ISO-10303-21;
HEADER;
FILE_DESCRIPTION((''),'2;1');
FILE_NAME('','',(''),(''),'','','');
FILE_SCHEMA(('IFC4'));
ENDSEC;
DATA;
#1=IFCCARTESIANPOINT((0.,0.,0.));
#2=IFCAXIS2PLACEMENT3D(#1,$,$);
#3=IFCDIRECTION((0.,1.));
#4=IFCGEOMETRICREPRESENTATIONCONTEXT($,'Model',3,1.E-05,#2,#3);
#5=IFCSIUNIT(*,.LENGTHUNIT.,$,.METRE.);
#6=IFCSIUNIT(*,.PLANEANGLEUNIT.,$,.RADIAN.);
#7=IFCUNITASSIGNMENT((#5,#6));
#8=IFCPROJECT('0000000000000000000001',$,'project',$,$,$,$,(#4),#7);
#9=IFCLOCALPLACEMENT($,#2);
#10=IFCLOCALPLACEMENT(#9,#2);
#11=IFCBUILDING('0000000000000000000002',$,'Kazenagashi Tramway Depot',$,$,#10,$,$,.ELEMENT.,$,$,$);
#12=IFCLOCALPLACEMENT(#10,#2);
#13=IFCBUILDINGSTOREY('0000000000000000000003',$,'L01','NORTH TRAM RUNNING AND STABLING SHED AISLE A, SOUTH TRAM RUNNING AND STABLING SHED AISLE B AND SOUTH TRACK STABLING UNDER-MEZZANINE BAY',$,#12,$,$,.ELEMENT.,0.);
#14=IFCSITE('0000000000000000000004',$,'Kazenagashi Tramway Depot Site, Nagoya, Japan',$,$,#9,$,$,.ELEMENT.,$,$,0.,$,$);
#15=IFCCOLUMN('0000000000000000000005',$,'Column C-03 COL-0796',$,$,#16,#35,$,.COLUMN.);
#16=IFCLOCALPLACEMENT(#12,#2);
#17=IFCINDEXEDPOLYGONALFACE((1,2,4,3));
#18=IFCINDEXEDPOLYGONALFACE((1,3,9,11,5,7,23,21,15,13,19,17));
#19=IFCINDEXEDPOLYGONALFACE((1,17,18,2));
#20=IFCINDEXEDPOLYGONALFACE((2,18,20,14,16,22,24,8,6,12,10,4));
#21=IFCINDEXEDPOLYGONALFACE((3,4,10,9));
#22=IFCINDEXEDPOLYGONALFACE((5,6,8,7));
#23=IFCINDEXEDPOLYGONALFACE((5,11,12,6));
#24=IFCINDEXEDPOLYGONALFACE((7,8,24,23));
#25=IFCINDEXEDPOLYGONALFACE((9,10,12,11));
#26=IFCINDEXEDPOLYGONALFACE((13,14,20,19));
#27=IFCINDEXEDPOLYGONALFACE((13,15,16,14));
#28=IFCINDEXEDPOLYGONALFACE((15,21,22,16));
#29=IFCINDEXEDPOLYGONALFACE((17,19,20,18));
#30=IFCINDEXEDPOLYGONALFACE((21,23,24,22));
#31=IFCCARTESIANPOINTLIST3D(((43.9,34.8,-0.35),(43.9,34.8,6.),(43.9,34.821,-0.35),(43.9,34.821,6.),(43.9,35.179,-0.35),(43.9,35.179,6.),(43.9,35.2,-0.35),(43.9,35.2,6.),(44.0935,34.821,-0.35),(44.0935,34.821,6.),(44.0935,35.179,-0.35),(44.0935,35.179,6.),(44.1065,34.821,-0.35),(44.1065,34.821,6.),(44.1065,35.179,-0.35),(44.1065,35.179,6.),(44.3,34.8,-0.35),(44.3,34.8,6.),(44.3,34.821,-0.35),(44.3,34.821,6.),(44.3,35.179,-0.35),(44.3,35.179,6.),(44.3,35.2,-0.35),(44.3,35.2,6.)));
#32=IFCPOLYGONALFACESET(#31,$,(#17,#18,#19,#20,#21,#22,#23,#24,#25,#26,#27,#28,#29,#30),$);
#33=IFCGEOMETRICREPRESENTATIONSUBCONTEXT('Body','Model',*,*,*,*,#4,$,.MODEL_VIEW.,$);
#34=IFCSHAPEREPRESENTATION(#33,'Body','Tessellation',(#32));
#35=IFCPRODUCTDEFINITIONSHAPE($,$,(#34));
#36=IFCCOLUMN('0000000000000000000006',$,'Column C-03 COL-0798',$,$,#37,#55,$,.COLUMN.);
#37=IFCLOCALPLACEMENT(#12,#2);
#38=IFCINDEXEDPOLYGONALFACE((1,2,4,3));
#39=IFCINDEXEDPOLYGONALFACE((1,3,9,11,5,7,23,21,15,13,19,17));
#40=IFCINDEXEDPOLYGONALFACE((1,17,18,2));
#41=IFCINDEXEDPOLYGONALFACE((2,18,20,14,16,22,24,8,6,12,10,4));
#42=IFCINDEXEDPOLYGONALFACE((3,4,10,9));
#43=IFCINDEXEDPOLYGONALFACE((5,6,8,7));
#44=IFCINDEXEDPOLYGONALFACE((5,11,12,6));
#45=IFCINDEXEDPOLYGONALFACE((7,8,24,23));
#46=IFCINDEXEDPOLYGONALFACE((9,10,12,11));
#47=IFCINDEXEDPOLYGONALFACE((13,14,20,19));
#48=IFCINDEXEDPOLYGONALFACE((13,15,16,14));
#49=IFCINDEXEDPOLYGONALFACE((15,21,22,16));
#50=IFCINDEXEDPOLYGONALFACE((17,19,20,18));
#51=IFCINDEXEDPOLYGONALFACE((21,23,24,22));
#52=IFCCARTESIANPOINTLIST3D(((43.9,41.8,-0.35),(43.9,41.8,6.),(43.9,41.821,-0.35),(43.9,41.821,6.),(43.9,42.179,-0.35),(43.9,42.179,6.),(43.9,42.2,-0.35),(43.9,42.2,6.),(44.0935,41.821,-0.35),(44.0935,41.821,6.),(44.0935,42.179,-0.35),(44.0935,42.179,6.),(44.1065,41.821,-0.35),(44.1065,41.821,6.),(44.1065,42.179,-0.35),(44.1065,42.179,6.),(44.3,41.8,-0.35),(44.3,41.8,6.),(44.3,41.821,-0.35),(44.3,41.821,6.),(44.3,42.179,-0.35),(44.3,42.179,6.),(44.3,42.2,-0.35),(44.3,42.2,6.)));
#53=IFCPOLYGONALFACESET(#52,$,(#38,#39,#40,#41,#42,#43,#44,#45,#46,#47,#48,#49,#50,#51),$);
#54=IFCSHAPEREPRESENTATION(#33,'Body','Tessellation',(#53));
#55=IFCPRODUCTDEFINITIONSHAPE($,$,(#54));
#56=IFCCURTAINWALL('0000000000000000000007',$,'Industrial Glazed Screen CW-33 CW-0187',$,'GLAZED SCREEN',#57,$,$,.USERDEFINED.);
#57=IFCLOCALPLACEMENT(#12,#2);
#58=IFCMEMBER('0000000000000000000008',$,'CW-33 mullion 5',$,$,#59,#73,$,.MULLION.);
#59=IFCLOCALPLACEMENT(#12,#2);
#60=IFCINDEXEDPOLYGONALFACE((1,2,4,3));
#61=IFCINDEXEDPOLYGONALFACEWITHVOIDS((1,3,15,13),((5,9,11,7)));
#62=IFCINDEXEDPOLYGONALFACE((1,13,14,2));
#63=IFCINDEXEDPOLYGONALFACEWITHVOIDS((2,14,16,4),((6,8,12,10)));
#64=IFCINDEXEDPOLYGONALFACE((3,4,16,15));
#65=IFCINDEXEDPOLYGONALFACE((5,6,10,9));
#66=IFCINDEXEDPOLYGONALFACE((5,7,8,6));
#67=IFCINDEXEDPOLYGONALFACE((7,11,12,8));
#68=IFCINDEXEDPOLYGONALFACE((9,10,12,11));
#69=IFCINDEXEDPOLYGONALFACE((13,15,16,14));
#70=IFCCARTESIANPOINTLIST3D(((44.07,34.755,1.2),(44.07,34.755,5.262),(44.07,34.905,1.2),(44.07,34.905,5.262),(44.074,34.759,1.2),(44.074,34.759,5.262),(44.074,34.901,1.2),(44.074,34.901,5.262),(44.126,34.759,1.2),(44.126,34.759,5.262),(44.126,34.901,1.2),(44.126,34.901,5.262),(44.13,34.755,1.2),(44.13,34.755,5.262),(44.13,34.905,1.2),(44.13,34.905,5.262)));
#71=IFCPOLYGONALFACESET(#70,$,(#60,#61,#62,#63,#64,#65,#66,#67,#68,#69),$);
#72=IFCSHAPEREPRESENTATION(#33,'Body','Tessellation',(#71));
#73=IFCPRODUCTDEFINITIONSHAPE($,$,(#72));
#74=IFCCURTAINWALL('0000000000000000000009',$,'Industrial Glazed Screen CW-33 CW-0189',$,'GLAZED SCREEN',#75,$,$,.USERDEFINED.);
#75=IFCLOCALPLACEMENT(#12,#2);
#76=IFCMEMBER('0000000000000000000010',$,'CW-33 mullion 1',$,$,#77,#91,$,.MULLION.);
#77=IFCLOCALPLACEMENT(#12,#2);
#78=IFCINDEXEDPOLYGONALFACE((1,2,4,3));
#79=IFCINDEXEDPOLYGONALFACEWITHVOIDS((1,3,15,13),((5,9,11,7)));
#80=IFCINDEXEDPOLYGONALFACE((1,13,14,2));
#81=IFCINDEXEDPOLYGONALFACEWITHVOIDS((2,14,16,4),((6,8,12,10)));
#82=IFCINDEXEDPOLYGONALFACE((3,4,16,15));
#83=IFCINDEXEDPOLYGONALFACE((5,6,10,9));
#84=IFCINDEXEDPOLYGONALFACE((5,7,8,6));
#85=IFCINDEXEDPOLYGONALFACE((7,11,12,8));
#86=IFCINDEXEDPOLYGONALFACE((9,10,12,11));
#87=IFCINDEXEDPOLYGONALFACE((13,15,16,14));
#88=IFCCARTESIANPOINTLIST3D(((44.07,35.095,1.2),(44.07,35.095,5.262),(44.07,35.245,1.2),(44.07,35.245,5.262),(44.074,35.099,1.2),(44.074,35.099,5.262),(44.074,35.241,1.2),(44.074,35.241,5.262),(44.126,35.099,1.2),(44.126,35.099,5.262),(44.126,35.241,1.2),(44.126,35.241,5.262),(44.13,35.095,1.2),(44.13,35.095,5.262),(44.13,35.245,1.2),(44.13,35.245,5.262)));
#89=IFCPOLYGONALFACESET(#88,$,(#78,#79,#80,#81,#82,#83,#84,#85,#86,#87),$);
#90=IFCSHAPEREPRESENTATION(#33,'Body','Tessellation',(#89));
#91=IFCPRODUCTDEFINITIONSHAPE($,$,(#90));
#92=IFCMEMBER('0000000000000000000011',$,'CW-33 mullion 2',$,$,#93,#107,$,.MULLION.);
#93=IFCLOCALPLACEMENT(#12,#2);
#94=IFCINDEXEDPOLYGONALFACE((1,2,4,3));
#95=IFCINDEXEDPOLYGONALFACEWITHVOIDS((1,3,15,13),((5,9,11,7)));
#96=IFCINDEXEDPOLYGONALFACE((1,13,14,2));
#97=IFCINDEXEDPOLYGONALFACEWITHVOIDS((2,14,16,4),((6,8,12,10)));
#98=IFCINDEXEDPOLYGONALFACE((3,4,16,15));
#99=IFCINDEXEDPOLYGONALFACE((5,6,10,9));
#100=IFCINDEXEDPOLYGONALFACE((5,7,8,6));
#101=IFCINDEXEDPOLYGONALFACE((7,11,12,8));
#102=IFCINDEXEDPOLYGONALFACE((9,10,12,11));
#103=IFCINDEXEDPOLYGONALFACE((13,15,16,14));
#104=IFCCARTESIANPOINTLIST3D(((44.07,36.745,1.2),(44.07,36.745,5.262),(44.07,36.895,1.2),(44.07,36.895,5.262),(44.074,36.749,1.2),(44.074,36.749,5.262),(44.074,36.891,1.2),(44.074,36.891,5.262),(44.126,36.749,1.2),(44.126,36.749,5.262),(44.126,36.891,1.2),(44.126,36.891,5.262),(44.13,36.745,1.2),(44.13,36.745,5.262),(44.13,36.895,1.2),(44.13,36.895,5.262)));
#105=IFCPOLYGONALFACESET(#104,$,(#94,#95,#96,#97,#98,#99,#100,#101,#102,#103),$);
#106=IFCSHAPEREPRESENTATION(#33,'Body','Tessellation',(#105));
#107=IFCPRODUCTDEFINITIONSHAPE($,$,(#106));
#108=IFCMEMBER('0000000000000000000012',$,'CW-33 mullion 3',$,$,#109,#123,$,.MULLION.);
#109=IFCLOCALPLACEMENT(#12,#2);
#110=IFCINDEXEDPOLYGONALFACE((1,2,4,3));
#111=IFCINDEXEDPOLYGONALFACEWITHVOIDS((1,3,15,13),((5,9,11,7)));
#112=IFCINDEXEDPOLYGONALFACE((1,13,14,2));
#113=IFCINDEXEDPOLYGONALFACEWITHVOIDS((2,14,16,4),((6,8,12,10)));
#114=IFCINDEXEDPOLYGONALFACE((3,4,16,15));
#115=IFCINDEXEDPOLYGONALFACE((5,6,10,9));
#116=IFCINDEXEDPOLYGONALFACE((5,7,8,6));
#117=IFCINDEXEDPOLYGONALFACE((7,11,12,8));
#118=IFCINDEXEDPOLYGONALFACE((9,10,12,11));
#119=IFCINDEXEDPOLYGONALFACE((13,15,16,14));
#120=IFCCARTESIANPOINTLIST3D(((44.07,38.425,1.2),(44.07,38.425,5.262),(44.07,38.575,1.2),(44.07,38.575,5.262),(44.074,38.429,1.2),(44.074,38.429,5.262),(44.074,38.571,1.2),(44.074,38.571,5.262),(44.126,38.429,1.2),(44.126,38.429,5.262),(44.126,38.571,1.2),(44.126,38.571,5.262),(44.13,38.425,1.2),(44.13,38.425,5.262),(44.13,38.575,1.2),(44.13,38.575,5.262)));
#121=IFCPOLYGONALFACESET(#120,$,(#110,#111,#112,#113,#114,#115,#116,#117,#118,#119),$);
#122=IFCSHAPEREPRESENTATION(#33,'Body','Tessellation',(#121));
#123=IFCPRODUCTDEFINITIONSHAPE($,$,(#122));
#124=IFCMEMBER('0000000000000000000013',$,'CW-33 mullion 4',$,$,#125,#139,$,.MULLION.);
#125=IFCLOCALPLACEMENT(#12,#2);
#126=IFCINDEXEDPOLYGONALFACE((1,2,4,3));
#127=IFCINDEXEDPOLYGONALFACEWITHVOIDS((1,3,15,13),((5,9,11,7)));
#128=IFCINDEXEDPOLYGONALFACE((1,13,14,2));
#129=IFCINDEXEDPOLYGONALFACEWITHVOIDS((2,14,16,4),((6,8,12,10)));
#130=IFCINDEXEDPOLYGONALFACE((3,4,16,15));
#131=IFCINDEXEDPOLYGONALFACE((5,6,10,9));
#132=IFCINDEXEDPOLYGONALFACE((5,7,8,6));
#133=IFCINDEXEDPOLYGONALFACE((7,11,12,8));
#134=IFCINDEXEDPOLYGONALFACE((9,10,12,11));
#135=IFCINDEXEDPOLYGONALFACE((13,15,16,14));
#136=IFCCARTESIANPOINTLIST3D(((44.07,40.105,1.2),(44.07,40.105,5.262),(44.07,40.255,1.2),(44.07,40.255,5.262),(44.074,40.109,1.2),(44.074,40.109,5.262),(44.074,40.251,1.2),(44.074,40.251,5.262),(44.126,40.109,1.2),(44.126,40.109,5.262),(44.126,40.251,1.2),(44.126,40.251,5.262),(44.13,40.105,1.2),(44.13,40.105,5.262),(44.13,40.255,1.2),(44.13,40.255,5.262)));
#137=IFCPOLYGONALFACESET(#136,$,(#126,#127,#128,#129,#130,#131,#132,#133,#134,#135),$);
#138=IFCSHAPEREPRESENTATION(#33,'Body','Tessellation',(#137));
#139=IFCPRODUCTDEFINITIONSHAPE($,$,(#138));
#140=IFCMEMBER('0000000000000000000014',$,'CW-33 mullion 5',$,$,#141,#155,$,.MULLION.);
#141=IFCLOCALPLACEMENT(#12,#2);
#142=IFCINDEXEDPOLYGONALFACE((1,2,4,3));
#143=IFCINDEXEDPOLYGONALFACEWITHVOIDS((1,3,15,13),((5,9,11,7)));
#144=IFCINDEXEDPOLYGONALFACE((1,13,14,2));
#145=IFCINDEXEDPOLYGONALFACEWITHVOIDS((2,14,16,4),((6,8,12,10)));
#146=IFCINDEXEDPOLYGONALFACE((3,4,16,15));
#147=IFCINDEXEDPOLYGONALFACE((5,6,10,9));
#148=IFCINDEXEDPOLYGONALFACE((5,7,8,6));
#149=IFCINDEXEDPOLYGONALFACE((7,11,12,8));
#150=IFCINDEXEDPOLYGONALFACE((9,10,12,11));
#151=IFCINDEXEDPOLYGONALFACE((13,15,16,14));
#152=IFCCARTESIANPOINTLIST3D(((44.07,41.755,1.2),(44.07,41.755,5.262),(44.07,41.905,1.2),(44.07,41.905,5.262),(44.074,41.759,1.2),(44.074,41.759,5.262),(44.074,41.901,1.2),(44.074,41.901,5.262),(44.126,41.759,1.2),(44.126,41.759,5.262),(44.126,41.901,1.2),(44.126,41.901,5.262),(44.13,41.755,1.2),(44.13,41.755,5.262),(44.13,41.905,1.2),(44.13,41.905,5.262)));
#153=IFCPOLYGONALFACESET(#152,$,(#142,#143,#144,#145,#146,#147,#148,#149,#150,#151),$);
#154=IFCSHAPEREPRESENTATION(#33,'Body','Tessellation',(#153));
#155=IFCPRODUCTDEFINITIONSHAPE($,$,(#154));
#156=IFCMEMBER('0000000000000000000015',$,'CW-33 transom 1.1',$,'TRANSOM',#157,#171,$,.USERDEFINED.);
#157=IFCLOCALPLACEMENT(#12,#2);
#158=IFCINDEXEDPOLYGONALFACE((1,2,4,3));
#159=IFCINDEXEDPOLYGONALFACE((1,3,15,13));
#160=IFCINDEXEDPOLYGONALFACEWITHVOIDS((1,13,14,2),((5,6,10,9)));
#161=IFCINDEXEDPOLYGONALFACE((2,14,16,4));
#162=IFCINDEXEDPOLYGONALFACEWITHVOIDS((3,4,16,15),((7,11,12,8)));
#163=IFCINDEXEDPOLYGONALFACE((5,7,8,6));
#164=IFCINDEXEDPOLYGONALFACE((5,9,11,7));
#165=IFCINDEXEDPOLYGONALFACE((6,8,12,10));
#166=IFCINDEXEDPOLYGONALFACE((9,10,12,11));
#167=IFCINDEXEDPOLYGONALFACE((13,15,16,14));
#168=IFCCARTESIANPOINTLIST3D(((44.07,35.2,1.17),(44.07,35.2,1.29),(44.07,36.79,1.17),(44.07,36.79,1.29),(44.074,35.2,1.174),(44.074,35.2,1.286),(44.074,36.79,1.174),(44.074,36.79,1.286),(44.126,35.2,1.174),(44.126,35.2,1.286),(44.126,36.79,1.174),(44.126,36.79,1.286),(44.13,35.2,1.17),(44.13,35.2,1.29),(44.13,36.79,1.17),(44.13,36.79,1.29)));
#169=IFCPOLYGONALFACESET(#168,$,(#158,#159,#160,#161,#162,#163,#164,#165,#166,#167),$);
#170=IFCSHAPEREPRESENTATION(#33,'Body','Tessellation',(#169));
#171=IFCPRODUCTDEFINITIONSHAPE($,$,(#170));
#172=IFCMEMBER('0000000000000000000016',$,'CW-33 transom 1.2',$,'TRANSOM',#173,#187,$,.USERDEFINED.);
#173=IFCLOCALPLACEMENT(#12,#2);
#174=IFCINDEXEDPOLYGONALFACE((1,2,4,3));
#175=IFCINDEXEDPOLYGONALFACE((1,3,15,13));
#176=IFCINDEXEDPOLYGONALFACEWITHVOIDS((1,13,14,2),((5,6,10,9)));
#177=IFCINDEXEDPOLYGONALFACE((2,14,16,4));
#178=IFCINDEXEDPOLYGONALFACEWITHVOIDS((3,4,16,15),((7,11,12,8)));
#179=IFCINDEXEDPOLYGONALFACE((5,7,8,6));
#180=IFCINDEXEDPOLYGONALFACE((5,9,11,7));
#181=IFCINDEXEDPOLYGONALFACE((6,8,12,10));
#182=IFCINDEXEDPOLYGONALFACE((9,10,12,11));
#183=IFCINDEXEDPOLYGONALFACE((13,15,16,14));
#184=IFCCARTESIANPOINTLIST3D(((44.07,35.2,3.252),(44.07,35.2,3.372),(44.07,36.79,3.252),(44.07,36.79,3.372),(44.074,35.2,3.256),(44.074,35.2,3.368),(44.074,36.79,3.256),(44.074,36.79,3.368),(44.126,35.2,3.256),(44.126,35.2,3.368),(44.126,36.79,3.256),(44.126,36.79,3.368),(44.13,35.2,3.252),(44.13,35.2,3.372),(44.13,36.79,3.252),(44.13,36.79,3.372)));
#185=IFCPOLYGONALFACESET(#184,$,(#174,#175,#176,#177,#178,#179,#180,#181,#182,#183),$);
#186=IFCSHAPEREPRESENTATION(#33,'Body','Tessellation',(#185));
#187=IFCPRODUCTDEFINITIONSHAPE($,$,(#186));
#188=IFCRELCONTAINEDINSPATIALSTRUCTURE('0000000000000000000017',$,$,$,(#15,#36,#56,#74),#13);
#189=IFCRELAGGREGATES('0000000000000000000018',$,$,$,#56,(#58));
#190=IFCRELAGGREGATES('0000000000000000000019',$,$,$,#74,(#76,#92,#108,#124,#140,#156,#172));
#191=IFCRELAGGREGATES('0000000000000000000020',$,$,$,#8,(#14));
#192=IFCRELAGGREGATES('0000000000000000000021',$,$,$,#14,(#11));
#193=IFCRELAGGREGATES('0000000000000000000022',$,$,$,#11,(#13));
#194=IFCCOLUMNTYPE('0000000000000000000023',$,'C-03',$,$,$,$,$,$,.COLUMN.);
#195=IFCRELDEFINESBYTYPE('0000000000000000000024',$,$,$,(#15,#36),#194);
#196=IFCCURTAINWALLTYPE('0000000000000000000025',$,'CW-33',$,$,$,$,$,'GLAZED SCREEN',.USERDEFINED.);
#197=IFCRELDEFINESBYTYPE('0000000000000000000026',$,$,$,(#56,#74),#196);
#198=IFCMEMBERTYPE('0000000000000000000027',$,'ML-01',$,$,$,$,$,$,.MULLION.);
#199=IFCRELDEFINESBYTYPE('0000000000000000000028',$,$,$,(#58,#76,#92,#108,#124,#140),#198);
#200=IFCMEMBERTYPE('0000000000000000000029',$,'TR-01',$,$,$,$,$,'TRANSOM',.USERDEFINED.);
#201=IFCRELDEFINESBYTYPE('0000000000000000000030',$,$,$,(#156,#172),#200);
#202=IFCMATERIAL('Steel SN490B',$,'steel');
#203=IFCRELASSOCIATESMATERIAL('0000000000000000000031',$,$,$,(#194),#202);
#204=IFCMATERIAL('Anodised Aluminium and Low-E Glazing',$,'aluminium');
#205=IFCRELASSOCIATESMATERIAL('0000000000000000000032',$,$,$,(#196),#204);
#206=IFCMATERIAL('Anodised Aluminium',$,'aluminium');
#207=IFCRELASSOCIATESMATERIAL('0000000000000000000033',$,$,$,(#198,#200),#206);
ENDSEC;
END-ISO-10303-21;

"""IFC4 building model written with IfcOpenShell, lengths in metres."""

from ifc_helpers import new_model, si_unit, direction, frame, origin, origin_2d, place, context, subcontext, project, spatial, hollow_rectangle, i_section, extrude, material, material_profile, profile_set, type_object, element, aggregate, save


model = new_model("IFC4")

# Units and contexts
model_context = context("Model", 3, precision=1e-05, world=origin(), true_north=direction((0.0, 1.0)))
body_context = subcontext(model_context, "Body", "Model", "MODEL_VIEW")
ifc_project = project(units=[si_unit("LENGTHUNIT", "METRE"), si_unit("PLANEANGLEUNIT", "RADIAN")], contexts=[model_context])

# Site, building, storey
site_placement = place(None, origin())
site = spatial("IfcSite", under=ifc_project, at=site_placement, Name="Kazenagashi Tramway Depot Site, Nagoya, Japan", CompositionType="ELEMENT", RefElevation=0.0)
building_placement = place(site_placement, origin())
building = spatial("IfcBuilding", under=site, at=building_placement, Name="Kazenagashi Tramway Depot", CompositionType="ELEMENT")
storey_placement = place(building_placement, origin())
storey = spatial("IfcBuildingStorey", under=building, at=storey_placement, Name="L01", Description="NORTH TRAM RUNNING AND STABLING SHED AISLE A, SOUTH TRAM RUNNING AND STABLING SHED AISLE B AND SOUTH TRACK STABLING UNDER-MEZZANINE BAY", CompositionType="ELEMENT", Elevation=0.0)

# Columns
ifc_material_1 = material(Name="Steel SN490B", Category="steel")
ifc_material_profile_1 = material_profile(ifc_material_1, i_section(OverallWidth=0.4, OverallDepth=0.4, WebThickness=0.013, FlangeThickness=0.021, at=origin_2d()), Name="H-400x400x13x21")
ifc_profile_set_1 = profile_set([ifc_material_profile_1], Name="Steel SN490B")
column_type = type_object("IfcColumnType", Name="C-03", PredefinedType="COLUMN", material=ifc_profile_set_1)
for number, where, z_axis, x_axis, name in (
    (1, (44.1, 35.0, -0.35), (0.0, 0.0, 1.0), (1.0, 0.0, 0.0), "Column C-03 COL-0796"),
    (2, (44.1, 42.0, -0.35), (0.0, 0.0, 1.0), (1.0, 0.0, 0.0), "Column C-03 COL-0798"),
):
    element("IfcColumn", number, at=place(storey_placement, frame(where, z_axis=z_axis, x_axis=x_axis)), inside=storey, type_object=column_type, Name=name, PredefinedType="COLUMN", context=body_context, shape_type="SweptSolid", body=[
        extrude(i_section(OverallWidth=0.4, OverallDepth=0.4, WebThickness=0.013, FlangeThickness=0.021, at=origin_2d()), origin(), (0.0, 0.0, 1.0), 6.35),
    ])

# Curtain wall, member
ifc_material_2 = material(Name="Anodised Aluminium and Low-E Glazing", Category="aluminium")
curtain_wall_type = type_object("IfcCurtainWallType", Name="CW-33", ElementType="GLAZED SCREEN", PredefinedType="USERDEFINED", material=ifc_material_2)
curtain_wall_1_placement = place(storey_placement, origin())
curtain_wall_1 = element("IfcCurtainWall", 3, at=curtain_wall_1_placement, inside=storey, type_object=curtain_wall_type, Name="Industrial Glazed Screen CW-33 CW-0187", ObjectType="GLAZED SCREEN", PredefinedType="USERDEFINED")
ifc_material_3 = material(Name="Anodised Aluminium", Category="aluminium")
ifc_material_profile_2 = material_profile(ifc_material_3, hollow_rectangle(XDim=0.06, YDim=0.15, WallThickness=0.004, at=origin_2d()), Name="RHS-150x60x4")
ifc_profile_set_2 = profile_set([ifc_material_profile_2], Name="Anodised Aluminium")
member_type_1 = type_object("IfcMemberType", Name="ML-01", PredefinedType="MULLION", material=ifc_profile_set_2)
member_1_placement = place(storey_placement, frame((44.1, 34.83, 1.2), z_axis=(0.0, 0.0, 1.0), x_axis=(-1.0, 0.0, 0.0)))
member_1 = element("IfcMember", 4, at=member_1_placement, type_object=member_type_1, Name="CW-33 mullion 5", PredefinedType="MULLION", context=body_context, shape_type="SweptSolid", body=[
    extrude(hollow_rectangle(XDim=0.06, YDim=0.15, WallThickness=0.004, at=origin_2d()), origin(), (0.0, 0.0, 1.0), 4.062),
])
aggregate(curtain_wall_1, [member_1])

# Curtain wall, members
curtain_wall_2_placement = place(storey_placement, origin())
curtain_wall_2 = element("IfcCurtainWall", 5, at=curtain_wall_2_placement, inside=storey, type_object=curtain_wall_type, Name="Industrial Glazed Screen CW-33 CW-0189", ObjectType="GLAZED SCREEN", PredefinedType="USERDEFINED")
member_2_placement = place(storey_placement, frame((44.1, 35.17, 1.2), z_axis=(0.0, 0.0, 1.0), x_axis=(-1.0, 0.0, 0.0)))
member_2 = element("IfcMember", 6, at=member_2_placement, type_object=member_type_1, Name="CW-33 mullion 1", PredefinedType="MULLION", context=body_context, shape_type="SweptSolid", body=[
    extrude(hollow_rectangle(XDim=0.06, YDim=0.15, WallThickness=0.004, at=origin_2d()), origin(), (0.0, 0.0, 1.0), 4.062),
])
member_3_placement = place(storey_placement, frame((44.1, 36.82, 1.2), z_axis=(0.0, 0.0, 1.0), x_axis=(-1.0, 0.0, 0.0)))
member_3 = element("IfcMember", 7, at=member_3_placement, type_object=member_type_1, Name="CW-33 mullion 2", PredefinedType="MULLION", context=body_context, shape_type="SweptSolid", body=[
    extrude(hollow_rectangle(XDim=0.06, YDim=0.15, WallThickness=0.004, at=origin_2d()), origin(), (0.0, 0.0, 1.0), 4.062),
])
member_4_placement = place(storey_placement, frame((44.1, 38.5, 1.2), z_axis=(0.0, 0.0, 1.0), x_axis=(-1.0, 0.0, 0.0)))
member_4 = element("IfcMember", 8, at=member_4_placement, type_object=member_type_1, Name="CW-33 mullion 3", PredefinedType="MULLION", context=body_context, shape_type="SweptSolid", body=[
    extrude(hollow_rectangle(XDim=0.06, YDim=0.15, WallThickness=0.004, at=origin_2d()), origin(), (0.0, 0.0, 1.0), 4.062),
])
member_5_placement = place(storey_placement, frame((44.1, 40.18, 1.2), z_axis=(0.0, 0.0, 1.0), x_axis=(-1.0, 0.0, 0.0)))
member_5 = element("IfcMember", 9, at=member_5_placement, type_object=member_type_1, Name="CW-33 mullion 4", PredefinedType="MULLION", context=body_context, shape_type="SweptSolid", body=[
    extrude(hollow_rectangle(XDim=0.06, YDim=0.15, WallThickness=0.004, at=origin_2d()), origin(), (0.0, 0.0, 1.0), 4.062),
])
member_6_placement = place(storey_placement, frame((44.1, 41.83, 1.2), z_axis=(0.0, 0.0, 1.0), x_axis=(-1.0, 0.0, 0.0)))
member_6 = element("IfcMember", 10, at=member_6_placement, type_object=member_type_1, Name="CW-33 mullion 5", PredefinedType="MULLION", context=body_context, shape_type="SweptSolid", body=[
    extrude(hollow_rectangle(XDim=0.06, YDim=0.15, WallThickness=0.004, at=origin_2d()), origin(), (0.0, 0.0, 1.0), 4.062),
])
ifc_material_profile_3 = material_profile(ifc_material_3, hollow_rectangle(XDim=0.06, YDim=0.12, WallThickness=0.004, at=origin_2d()), Name="RHS-120x60x4")
ifc_profile_set_3 = profile_set([ifc_material_profile_3], Name="Anodised Aluminium")
member_type_2 = type_object("IfcMemberType", Name="TR-01", ElementType="TRANSOM", PredefinedType="USERDEFINED", material=ifc_profile_set_3)
member_7_placement = place(storey_placement, frame((44.1, 35.2, 1.23), z_axis=(0.0, 1.0, 0.0), x_axis=(-1.0, 0.0, 0.0)))
member_7 = element("IfcMember", 11, at=member_7_placement, type_object=member_type_2, Name="CW-33 transom 1.1", ObjectType="TRANSOM", PredefinedType="USERDEFINED", context=body_context, shape_type="SweptSolid", body=[
    extrude(hollow_rectangle(XDim=0.06, YDim=0.12, WallThickness=0.004, at=origin_2d()), origin(), (0.0, 0.0, 1.0), 1.59),
])
member_8_placement = place(storey_placement, frame((44.1, 35.2, 3.312), z_axis=(0.0, 1.0, 0.0), x_axis=(-1.0, 0.0, 0.0)))
member_8 = element("IfcMember", 12, at=member_8_placement, type_object=member_type_2, Name="CW-33 transom 1.2", ObjectType="TRANSOM", PredefinedType="USERDEFINED", context=body_context, shape_type="SweptSolid", body=[
    extrude(hollow_rectangle(XDim=0.06, YDim=0.12, WallThickness=0.004, at=origin_2d()), origin(), (0.0, 0.0, 1.0), 1.59),
])
aggregate(curtain_wall_2, [member_2, member_3, member_4, member_5, member_6, member_7, member_8])

save(model, "model.ifc")
